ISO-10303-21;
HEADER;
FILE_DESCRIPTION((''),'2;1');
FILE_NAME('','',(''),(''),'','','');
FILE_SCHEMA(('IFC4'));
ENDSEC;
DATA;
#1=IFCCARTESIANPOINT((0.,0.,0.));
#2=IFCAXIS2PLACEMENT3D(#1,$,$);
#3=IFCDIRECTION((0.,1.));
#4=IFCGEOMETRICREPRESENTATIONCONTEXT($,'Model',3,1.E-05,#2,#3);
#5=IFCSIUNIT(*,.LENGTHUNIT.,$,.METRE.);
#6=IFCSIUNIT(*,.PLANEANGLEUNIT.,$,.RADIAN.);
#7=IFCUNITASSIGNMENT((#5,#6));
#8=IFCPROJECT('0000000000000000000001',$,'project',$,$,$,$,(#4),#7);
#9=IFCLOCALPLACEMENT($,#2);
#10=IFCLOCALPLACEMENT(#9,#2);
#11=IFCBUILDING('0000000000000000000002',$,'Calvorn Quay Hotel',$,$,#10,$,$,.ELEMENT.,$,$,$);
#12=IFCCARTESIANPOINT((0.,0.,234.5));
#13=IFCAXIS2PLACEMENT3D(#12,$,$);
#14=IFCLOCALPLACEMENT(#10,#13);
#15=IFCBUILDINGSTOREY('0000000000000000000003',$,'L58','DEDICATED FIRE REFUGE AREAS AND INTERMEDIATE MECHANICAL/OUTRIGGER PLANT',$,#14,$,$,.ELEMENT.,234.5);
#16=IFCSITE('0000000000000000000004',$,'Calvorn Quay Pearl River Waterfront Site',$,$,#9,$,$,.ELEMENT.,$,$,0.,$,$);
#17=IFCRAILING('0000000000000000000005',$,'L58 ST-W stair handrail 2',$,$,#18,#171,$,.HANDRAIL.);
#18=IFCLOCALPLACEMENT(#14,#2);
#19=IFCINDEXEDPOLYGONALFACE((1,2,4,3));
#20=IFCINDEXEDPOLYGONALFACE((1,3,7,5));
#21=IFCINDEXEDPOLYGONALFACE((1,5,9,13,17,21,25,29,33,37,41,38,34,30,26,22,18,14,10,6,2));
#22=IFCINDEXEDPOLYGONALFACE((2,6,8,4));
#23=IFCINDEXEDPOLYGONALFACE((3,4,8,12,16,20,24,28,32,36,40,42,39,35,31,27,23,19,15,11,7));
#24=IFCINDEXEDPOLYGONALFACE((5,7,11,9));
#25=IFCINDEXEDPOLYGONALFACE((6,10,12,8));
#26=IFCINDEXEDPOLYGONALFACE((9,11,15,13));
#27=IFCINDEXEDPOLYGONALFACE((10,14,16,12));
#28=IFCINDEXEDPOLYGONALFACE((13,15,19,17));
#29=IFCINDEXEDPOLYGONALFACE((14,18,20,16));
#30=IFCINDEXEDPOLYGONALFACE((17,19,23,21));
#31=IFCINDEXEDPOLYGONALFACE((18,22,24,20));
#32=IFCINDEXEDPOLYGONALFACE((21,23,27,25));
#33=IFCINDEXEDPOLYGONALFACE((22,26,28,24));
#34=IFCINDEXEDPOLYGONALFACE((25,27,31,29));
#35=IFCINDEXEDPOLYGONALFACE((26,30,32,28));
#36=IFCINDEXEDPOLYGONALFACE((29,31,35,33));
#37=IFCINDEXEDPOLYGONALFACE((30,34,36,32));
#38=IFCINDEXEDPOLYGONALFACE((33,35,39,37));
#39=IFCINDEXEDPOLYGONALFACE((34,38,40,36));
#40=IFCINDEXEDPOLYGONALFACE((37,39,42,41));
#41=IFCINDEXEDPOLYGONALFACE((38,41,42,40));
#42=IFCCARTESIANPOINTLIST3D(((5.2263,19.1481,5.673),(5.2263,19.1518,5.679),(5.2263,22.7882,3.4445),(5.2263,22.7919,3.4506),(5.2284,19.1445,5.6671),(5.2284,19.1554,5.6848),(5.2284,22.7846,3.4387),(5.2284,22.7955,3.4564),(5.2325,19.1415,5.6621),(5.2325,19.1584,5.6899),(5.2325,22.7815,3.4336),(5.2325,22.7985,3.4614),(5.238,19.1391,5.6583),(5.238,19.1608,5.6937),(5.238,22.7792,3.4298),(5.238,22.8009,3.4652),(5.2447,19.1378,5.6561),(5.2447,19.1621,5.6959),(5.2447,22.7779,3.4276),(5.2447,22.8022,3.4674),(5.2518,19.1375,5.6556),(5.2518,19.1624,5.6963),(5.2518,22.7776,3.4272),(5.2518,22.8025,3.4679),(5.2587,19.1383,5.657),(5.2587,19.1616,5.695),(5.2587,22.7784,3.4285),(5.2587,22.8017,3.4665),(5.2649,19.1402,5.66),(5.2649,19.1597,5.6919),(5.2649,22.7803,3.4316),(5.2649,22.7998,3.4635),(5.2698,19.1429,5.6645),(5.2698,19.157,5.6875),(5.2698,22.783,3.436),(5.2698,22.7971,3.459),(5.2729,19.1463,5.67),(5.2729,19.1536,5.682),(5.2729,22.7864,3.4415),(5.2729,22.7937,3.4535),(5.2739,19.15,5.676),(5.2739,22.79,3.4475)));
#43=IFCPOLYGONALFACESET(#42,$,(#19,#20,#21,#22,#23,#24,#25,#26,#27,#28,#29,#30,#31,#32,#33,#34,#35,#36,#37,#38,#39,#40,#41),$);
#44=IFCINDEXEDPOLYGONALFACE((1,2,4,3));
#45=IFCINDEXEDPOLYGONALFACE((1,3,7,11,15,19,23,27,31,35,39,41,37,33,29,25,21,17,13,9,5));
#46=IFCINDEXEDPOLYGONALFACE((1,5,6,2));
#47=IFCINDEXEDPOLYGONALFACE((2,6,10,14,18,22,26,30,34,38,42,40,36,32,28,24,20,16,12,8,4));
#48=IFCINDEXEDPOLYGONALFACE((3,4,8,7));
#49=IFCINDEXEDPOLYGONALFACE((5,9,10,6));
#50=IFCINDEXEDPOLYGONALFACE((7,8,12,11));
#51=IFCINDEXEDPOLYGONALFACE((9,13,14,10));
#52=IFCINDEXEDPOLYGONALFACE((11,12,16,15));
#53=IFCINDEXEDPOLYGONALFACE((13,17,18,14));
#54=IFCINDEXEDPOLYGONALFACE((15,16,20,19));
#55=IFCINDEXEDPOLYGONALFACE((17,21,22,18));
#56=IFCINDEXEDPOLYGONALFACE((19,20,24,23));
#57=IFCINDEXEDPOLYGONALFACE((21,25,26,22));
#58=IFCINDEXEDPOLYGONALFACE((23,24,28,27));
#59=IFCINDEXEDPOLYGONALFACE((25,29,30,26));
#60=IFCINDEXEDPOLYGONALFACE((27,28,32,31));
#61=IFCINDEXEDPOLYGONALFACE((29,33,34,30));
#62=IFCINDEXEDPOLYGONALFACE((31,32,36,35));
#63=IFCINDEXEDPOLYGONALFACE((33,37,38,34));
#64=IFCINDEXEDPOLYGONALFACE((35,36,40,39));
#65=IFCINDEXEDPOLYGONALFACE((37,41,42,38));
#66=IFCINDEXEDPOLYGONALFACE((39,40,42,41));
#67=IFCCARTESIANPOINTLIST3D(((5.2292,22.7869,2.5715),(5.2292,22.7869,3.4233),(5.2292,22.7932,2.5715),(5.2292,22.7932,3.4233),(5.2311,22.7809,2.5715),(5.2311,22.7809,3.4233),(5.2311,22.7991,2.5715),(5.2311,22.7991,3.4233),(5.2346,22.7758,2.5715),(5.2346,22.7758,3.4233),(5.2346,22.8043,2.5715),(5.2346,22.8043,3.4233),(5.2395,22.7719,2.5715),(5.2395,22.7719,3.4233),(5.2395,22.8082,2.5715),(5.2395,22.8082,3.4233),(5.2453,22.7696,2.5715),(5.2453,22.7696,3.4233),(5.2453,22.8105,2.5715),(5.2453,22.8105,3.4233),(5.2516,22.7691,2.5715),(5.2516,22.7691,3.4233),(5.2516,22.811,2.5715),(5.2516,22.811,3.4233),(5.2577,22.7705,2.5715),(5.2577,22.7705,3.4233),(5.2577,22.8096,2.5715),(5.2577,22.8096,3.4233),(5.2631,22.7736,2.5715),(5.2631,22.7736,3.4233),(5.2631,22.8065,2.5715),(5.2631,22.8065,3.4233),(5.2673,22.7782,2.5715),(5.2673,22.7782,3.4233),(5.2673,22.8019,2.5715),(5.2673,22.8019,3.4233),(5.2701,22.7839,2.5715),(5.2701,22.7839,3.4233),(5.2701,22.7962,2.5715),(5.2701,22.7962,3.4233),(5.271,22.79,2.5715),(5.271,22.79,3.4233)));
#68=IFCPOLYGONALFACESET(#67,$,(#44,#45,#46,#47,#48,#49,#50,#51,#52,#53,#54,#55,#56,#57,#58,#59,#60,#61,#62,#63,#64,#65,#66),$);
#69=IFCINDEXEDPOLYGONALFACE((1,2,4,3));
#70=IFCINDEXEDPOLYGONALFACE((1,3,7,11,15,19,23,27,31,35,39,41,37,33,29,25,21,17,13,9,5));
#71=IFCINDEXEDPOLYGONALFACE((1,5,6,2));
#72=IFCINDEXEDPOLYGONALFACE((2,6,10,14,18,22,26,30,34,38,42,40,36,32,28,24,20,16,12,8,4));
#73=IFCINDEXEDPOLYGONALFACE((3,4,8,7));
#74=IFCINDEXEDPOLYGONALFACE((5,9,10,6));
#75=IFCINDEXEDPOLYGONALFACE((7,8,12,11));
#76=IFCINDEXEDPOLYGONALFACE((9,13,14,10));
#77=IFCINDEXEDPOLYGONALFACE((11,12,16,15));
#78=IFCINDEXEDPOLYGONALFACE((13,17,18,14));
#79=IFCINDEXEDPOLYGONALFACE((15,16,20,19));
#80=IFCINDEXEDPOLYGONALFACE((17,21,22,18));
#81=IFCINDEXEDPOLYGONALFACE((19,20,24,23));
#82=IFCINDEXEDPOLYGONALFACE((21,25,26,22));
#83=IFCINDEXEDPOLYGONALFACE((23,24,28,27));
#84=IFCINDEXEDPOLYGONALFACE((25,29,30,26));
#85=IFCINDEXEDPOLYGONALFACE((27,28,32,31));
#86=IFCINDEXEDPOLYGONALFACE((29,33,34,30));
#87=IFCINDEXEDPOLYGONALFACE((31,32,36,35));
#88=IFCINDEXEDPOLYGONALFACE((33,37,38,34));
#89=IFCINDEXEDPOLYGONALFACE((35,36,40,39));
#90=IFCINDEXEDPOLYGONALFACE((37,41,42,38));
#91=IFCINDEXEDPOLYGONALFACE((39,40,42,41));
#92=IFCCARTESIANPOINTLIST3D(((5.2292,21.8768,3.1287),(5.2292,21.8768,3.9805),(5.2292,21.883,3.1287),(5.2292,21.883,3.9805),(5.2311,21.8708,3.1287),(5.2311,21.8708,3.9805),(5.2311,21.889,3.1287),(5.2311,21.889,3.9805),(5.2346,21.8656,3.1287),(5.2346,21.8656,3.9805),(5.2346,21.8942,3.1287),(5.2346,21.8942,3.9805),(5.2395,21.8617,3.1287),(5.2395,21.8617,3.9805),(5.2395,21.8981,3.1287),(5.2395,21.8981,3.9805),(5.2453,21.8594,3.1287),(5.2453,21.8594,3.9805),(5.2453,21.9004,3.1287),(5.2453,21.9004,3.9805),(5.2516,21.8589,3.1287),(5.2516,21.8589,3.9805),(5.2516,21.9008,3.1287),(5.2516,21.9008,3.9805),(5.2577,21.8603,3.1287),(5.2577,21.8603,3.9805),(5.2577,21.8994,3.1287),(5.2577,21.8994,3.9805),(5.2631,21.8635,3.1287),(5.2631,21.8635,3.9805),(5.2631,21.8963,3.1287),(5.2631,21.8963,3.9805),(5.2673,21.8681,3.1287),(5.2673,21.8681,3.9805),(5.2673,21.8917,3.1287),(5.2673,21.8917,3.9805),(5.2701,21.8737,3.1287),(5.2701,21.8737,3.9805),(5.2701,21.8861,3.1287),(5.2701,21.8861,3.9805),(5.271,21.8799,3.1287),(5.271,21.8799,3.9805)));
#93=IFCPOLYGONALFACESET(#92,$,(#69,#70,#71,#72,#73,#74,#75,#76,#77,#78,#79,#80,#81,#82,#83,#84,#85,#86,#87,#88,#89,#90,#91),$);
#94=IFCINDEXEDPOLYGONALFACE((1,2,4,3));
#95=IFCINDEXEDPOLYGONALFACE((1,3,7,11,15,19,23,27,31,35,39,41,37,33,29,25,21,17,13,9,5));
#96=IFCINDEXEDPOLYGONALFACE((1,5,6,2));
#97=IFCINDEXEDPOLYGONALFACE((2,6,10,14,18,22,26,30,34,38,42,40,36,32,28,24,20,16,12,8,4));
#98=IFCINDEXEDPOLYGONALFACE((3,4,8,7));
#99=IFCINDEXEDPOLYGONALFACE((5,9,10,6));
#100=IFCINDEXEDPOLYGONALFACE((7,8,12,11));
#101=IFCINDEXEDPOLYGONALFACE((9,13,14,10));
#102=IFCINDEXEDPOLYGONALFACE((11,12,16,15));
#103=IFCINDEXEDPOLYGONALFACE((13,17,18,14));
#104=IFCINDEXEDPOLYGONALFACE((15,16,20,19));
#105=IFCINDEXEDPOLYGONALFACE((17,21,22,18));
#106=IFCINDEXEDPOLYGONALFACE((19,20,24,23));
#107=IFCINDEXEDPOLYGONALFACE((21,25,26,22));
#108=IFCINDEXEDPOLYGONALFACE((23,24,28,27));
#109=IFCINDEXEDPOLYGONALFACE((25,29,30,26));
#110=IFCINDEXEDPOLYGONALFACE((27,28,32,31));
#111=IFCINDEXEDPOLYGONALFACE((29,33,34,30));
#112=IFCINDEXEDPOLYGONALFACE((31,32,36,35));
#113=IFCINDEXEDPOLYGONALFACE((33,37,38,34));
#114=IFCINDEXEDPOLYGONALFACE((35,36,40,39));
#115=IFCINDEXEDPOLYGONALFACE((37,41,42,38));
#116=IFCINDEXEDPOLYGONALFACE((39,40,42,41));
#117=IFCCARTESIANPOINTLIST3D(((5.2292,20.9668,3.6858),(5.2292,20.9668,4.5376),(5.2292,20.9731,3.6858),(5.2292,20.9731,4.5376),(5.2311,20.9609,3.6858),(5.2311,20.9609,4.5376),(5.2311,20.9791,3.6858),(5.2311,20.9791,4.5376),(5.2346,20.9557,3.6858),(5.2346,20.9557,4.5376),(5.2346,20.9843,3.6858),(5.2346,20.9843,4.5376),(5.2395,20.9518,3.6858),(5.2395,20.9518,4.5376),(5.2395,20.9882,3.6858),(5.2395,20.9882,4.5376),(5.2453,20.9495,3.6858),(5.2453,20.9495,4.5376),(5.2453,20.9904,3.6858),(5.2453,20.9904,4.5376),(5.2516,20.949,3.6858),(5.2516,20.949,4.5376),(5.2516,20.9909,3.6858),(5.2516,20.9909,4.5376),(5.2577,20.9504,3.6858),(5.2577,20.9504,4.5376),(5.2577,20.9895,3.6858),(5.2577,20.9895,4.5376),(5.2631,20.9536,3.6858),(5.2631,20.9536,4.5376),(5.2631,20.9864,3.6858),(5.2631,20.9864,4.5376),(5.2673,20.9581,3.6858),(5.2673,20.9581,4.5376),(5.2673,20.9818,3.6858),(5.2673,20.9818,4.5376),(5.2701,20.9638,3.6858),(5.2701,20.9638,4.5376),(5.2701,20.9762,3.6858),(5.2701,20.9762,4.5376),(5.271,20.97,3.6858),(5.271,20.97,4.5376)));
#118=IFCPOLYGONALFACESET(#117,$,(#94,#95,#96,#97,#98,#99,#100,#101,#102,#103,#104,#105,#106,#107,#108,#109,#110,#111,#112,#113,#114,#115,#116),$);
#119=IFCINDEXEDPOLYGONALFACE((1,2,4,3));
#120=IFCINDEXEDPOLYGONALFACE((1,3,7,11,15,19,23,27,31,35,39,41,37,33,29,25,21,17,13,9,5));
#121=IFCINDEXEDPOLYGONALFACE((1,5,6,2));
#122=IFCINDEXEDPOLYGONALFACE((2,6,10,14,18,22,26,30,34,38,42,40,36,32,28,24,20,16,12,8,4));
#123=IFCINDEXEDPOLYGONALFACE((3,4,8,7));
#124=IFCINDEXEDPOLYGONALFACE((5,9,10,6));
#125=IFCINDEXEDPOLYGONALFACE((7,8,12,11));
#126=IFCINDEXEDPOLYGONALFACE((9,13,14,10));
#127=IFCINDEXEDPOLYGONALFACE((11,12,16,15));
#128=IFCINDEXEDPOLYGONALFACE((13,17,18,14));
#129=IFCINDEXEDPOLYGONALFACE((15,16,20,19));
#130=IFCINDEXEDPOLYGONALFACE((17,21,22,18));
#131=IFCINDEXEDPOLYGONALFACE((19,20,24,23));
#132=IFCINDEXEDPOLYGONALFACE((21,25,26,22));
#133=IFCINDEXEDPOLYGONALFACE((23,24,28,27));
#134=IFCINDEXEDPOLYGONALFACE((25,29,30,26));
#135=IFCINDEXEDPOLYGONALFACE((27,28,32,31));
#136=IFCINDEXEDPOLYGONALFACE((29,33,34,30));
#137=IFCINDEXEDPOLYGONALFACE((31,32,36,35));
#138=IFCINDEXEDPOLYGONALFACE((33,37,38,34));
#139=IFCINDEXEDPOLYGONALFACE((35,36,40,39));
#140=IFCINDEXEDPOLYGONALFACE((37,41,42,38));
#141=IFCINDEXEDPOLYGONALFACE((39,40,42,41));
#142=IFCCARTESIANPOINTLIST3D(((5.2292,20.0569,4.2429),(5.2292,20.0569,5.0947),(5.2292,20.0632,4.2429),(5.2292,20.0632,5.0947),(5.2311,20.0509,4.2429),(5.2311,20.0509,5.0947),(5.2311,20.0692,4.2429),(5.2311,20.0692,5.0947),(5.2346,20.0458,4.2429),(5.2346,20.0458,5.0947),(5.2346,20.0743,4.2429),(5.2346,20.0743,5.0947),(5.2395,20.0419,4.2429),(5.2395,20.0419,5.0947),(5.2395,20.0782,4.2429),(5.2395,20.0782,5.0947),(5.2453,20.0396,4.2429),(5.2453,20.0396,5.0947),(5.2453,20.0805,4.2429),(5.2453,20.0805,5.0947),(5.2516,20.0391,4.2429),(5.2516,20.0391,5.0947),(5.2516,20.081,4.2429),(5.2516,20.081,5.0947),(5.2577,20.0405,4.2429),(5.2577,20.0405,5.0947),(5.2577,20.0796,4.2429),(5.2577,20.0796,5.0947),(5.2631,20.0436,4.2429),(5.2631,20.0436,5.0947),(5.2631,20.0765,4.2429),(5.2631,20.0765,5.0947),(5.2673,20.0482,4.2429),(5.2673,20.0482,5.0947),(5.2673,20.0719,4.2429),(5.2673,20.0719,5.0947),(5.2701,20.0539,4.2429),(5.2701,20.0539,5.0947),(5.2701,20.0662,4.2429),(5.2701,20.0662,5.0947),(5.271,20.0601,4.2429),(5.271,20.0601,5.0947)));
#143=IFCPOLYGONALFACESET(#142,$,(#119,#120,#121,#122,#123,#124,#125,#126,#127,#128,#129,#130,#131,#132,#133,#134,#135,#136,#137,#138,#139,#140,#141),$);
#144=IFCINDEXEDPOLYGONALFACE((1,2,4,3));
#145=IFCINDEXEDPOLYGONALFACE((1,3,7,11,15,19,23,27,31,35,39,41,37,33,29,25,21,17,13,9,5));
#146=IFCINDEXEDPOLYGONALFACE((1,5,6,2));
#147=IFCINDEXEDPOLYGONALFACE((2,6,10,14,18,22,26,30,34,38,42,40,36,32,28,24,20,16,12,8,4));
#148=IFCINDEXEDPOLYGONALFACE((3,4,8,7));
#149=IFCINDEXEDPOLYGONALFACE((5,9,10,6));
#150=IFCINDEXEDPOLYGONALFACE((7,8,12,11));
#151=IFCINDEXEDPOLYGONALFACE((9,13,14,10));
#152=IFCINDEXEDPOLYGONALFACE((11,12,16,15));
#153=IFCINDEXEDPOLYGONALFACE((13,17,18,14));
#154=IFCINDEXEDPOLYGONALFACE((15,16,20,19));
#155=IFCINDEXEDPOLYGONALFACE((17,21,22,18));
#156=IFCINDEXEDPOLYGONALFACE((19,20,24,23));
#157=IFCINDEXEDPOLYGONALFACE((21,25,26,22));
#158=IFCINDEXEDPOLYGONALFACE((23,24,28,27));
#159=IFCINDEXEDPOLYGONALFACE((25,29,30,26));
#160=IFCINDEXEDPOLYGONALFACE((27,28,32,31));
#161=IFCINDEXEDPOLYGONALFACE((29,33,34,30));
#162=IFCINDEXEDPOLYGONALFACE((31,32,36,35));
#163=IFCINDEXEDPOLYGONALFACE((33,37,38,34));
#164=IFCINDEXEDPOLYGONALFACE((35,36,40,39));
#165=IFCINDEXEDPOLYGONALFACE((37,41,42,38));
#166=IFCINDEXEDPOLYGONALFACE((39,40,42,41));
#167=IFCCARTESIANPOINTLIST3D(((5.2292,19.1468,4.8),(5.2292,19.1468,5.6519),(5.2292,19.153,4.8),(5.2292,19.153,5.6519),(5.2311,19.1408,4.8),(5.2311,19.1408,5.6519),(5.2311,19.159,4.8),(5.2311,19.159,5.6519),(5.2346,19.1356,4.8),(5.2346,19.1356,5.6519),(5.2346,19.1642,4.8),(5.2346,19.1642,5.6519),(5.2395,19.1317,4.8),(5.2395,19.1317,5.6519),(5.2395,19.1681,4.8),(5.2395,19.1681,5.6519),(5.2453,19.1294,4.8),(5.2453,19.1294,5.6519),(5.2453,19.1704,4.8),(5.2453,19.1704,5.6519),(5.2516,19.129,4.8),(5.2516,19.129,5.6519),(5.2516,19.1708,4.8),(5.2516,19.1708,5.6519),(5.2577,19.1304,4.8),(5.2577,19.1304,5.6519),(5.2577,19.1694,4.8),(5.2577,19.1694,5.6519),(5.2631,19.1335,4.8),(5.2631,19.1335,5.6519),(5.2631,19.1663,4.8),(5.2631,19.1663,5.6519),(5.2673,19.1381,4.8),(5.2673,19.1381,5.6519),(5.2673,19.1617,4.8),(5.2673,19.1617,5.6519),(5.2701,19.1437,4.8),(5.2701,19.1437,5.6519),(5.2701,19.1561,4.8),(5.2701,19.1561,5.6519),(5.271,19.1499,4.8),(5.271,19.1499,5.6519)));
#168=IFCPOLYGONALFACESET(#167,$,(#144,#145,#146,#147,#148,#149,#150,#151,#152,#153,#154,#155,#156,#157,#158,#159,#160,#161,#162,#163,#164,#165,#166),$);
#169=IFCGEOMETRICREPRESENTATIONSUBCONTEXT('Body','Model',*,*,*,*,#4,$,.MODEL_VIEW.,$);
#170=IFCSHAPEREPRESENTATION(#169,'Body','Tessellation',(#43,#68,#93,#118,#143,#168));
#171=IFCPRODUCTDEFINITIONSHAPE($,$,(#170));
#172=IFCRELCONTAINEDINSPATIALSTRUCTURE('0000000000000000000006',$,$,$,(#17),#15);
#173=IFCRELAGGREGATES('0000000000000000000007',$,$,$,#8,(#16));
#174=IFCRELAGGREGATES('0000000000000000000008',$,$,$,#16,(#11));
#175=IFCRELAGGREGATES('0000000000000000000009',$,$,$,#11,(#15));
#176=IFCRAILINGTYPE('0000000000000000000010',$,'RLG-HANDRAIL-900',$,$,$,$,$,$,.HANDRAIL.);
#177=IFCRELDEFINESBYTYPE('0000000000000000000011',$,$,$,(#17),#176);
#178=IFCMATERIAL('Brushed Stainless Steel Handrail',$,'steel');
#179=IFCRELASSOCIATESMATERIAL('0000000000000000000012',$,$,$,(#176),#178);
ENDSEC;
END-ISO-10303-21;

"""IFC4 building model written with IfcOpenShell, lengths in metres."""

from ifc_helpers import new_model, si_unit, direction, frame, origin, origin_2d, place, context, subcontext, project, spatial, circle, extrude, material, type_object, element, save


model = new_model("IFC4")

# Units and contexts
model_context = context("Model", 3, precision=1e-05, world=origin(), true_north=direction((0.0, 1.0)))
body_context = subcontext(model_context, "Body", "Model", "MODEL_VIEW")
ifc_project = project(units=[si_unit("LENGTHUNIT", "METRE"), si_unit("PLANEANGLEUNIT", "RADIAN")], contexts=[model_context])

# Site, building, storey
site_placement = place(None, origin())
site = spatial("IfcSite", under=ifc_project, at=site_placement, Name="Calvorn Quay Pearl River Waterfront Site", CompositionType="ELEMENT", RefElevation=0.0)
building_placement = place(site_placement, origin())
building = spatial("IfcBuilding", under=site, at=building_placement, Name="Calvorn Quay Hotel", CompositionType="ELEMENT")
storey_placement = place(building_placement, frame((0.0, 0.0, 234.5)))
storey = spatial("IfcBuildingStorey", under=building, at=storey_placement, Name="L58", Description="DEDICATED FIRE REFUGE AREAS AND INTERMEDIATE MECHANICAL/OUTRIGGER PLANT", CompositionType="ELEMENT", Elevation=234.5)

# Railing
ifc_material_1 = material(Name="Brushed Stainless Steel Handrail", Category="steel")
railing_type_1 = type_object("IfcRailingType", Name="RLG-HANDRAIL-900", PredefinedType="HANDRAIL", material=ifc_material_1)
railing_1_placement = place(storey_placement, frame((5.25, 22.79, 2.5715)))
element("IfcRailing", 1, at=railing_1_placement, inside=storey, type_object=railing_type_1, Name="L58 ST-W stair handrail 2", PredefinedType="HANDRAIL", context=body_context, shape_type="SweptSolid", body=[
    extrude(circle(Radius=0.0239, at=origin_2d()), frame((0.0, 0.0, 0.876), z_axis=(0.0, -0.852866, 0.52213), x_axis=(1.0, 0.0, 0.0)), (0.0, 0.0, 1.0), 4.2681),
    extrude(circle(Radius=0.021, at=origin_2d()), origin(), (0.0, 0.0, 1.0), 0.8518),
    extrude(circle(Radius=0.021, at=origin_2d()), frame((0.0, -0.9102, 0.5571)), (0.0, 0.0, 1.0), 0.8518),
    extrude(circle(Radius=0.021, at=origin_2d()), frame((0.0, -1.8201, 1.1143)), (0.0, 0.0, 1.0), 0.8518),
    extrude(circle(Radius=0.021, at=origin_2d()), frame((0.0, -2.73, 1.6714)), (0.0, 0.0, 1.0), 0.8518),
    extrude(circle(Radius=0.021, at=origin_2d()), frame((0.0, -3.6401, 2.2285)), (0.0, 0.0, 1.0), 0.8518),
])

save(model, "model.ifc")
